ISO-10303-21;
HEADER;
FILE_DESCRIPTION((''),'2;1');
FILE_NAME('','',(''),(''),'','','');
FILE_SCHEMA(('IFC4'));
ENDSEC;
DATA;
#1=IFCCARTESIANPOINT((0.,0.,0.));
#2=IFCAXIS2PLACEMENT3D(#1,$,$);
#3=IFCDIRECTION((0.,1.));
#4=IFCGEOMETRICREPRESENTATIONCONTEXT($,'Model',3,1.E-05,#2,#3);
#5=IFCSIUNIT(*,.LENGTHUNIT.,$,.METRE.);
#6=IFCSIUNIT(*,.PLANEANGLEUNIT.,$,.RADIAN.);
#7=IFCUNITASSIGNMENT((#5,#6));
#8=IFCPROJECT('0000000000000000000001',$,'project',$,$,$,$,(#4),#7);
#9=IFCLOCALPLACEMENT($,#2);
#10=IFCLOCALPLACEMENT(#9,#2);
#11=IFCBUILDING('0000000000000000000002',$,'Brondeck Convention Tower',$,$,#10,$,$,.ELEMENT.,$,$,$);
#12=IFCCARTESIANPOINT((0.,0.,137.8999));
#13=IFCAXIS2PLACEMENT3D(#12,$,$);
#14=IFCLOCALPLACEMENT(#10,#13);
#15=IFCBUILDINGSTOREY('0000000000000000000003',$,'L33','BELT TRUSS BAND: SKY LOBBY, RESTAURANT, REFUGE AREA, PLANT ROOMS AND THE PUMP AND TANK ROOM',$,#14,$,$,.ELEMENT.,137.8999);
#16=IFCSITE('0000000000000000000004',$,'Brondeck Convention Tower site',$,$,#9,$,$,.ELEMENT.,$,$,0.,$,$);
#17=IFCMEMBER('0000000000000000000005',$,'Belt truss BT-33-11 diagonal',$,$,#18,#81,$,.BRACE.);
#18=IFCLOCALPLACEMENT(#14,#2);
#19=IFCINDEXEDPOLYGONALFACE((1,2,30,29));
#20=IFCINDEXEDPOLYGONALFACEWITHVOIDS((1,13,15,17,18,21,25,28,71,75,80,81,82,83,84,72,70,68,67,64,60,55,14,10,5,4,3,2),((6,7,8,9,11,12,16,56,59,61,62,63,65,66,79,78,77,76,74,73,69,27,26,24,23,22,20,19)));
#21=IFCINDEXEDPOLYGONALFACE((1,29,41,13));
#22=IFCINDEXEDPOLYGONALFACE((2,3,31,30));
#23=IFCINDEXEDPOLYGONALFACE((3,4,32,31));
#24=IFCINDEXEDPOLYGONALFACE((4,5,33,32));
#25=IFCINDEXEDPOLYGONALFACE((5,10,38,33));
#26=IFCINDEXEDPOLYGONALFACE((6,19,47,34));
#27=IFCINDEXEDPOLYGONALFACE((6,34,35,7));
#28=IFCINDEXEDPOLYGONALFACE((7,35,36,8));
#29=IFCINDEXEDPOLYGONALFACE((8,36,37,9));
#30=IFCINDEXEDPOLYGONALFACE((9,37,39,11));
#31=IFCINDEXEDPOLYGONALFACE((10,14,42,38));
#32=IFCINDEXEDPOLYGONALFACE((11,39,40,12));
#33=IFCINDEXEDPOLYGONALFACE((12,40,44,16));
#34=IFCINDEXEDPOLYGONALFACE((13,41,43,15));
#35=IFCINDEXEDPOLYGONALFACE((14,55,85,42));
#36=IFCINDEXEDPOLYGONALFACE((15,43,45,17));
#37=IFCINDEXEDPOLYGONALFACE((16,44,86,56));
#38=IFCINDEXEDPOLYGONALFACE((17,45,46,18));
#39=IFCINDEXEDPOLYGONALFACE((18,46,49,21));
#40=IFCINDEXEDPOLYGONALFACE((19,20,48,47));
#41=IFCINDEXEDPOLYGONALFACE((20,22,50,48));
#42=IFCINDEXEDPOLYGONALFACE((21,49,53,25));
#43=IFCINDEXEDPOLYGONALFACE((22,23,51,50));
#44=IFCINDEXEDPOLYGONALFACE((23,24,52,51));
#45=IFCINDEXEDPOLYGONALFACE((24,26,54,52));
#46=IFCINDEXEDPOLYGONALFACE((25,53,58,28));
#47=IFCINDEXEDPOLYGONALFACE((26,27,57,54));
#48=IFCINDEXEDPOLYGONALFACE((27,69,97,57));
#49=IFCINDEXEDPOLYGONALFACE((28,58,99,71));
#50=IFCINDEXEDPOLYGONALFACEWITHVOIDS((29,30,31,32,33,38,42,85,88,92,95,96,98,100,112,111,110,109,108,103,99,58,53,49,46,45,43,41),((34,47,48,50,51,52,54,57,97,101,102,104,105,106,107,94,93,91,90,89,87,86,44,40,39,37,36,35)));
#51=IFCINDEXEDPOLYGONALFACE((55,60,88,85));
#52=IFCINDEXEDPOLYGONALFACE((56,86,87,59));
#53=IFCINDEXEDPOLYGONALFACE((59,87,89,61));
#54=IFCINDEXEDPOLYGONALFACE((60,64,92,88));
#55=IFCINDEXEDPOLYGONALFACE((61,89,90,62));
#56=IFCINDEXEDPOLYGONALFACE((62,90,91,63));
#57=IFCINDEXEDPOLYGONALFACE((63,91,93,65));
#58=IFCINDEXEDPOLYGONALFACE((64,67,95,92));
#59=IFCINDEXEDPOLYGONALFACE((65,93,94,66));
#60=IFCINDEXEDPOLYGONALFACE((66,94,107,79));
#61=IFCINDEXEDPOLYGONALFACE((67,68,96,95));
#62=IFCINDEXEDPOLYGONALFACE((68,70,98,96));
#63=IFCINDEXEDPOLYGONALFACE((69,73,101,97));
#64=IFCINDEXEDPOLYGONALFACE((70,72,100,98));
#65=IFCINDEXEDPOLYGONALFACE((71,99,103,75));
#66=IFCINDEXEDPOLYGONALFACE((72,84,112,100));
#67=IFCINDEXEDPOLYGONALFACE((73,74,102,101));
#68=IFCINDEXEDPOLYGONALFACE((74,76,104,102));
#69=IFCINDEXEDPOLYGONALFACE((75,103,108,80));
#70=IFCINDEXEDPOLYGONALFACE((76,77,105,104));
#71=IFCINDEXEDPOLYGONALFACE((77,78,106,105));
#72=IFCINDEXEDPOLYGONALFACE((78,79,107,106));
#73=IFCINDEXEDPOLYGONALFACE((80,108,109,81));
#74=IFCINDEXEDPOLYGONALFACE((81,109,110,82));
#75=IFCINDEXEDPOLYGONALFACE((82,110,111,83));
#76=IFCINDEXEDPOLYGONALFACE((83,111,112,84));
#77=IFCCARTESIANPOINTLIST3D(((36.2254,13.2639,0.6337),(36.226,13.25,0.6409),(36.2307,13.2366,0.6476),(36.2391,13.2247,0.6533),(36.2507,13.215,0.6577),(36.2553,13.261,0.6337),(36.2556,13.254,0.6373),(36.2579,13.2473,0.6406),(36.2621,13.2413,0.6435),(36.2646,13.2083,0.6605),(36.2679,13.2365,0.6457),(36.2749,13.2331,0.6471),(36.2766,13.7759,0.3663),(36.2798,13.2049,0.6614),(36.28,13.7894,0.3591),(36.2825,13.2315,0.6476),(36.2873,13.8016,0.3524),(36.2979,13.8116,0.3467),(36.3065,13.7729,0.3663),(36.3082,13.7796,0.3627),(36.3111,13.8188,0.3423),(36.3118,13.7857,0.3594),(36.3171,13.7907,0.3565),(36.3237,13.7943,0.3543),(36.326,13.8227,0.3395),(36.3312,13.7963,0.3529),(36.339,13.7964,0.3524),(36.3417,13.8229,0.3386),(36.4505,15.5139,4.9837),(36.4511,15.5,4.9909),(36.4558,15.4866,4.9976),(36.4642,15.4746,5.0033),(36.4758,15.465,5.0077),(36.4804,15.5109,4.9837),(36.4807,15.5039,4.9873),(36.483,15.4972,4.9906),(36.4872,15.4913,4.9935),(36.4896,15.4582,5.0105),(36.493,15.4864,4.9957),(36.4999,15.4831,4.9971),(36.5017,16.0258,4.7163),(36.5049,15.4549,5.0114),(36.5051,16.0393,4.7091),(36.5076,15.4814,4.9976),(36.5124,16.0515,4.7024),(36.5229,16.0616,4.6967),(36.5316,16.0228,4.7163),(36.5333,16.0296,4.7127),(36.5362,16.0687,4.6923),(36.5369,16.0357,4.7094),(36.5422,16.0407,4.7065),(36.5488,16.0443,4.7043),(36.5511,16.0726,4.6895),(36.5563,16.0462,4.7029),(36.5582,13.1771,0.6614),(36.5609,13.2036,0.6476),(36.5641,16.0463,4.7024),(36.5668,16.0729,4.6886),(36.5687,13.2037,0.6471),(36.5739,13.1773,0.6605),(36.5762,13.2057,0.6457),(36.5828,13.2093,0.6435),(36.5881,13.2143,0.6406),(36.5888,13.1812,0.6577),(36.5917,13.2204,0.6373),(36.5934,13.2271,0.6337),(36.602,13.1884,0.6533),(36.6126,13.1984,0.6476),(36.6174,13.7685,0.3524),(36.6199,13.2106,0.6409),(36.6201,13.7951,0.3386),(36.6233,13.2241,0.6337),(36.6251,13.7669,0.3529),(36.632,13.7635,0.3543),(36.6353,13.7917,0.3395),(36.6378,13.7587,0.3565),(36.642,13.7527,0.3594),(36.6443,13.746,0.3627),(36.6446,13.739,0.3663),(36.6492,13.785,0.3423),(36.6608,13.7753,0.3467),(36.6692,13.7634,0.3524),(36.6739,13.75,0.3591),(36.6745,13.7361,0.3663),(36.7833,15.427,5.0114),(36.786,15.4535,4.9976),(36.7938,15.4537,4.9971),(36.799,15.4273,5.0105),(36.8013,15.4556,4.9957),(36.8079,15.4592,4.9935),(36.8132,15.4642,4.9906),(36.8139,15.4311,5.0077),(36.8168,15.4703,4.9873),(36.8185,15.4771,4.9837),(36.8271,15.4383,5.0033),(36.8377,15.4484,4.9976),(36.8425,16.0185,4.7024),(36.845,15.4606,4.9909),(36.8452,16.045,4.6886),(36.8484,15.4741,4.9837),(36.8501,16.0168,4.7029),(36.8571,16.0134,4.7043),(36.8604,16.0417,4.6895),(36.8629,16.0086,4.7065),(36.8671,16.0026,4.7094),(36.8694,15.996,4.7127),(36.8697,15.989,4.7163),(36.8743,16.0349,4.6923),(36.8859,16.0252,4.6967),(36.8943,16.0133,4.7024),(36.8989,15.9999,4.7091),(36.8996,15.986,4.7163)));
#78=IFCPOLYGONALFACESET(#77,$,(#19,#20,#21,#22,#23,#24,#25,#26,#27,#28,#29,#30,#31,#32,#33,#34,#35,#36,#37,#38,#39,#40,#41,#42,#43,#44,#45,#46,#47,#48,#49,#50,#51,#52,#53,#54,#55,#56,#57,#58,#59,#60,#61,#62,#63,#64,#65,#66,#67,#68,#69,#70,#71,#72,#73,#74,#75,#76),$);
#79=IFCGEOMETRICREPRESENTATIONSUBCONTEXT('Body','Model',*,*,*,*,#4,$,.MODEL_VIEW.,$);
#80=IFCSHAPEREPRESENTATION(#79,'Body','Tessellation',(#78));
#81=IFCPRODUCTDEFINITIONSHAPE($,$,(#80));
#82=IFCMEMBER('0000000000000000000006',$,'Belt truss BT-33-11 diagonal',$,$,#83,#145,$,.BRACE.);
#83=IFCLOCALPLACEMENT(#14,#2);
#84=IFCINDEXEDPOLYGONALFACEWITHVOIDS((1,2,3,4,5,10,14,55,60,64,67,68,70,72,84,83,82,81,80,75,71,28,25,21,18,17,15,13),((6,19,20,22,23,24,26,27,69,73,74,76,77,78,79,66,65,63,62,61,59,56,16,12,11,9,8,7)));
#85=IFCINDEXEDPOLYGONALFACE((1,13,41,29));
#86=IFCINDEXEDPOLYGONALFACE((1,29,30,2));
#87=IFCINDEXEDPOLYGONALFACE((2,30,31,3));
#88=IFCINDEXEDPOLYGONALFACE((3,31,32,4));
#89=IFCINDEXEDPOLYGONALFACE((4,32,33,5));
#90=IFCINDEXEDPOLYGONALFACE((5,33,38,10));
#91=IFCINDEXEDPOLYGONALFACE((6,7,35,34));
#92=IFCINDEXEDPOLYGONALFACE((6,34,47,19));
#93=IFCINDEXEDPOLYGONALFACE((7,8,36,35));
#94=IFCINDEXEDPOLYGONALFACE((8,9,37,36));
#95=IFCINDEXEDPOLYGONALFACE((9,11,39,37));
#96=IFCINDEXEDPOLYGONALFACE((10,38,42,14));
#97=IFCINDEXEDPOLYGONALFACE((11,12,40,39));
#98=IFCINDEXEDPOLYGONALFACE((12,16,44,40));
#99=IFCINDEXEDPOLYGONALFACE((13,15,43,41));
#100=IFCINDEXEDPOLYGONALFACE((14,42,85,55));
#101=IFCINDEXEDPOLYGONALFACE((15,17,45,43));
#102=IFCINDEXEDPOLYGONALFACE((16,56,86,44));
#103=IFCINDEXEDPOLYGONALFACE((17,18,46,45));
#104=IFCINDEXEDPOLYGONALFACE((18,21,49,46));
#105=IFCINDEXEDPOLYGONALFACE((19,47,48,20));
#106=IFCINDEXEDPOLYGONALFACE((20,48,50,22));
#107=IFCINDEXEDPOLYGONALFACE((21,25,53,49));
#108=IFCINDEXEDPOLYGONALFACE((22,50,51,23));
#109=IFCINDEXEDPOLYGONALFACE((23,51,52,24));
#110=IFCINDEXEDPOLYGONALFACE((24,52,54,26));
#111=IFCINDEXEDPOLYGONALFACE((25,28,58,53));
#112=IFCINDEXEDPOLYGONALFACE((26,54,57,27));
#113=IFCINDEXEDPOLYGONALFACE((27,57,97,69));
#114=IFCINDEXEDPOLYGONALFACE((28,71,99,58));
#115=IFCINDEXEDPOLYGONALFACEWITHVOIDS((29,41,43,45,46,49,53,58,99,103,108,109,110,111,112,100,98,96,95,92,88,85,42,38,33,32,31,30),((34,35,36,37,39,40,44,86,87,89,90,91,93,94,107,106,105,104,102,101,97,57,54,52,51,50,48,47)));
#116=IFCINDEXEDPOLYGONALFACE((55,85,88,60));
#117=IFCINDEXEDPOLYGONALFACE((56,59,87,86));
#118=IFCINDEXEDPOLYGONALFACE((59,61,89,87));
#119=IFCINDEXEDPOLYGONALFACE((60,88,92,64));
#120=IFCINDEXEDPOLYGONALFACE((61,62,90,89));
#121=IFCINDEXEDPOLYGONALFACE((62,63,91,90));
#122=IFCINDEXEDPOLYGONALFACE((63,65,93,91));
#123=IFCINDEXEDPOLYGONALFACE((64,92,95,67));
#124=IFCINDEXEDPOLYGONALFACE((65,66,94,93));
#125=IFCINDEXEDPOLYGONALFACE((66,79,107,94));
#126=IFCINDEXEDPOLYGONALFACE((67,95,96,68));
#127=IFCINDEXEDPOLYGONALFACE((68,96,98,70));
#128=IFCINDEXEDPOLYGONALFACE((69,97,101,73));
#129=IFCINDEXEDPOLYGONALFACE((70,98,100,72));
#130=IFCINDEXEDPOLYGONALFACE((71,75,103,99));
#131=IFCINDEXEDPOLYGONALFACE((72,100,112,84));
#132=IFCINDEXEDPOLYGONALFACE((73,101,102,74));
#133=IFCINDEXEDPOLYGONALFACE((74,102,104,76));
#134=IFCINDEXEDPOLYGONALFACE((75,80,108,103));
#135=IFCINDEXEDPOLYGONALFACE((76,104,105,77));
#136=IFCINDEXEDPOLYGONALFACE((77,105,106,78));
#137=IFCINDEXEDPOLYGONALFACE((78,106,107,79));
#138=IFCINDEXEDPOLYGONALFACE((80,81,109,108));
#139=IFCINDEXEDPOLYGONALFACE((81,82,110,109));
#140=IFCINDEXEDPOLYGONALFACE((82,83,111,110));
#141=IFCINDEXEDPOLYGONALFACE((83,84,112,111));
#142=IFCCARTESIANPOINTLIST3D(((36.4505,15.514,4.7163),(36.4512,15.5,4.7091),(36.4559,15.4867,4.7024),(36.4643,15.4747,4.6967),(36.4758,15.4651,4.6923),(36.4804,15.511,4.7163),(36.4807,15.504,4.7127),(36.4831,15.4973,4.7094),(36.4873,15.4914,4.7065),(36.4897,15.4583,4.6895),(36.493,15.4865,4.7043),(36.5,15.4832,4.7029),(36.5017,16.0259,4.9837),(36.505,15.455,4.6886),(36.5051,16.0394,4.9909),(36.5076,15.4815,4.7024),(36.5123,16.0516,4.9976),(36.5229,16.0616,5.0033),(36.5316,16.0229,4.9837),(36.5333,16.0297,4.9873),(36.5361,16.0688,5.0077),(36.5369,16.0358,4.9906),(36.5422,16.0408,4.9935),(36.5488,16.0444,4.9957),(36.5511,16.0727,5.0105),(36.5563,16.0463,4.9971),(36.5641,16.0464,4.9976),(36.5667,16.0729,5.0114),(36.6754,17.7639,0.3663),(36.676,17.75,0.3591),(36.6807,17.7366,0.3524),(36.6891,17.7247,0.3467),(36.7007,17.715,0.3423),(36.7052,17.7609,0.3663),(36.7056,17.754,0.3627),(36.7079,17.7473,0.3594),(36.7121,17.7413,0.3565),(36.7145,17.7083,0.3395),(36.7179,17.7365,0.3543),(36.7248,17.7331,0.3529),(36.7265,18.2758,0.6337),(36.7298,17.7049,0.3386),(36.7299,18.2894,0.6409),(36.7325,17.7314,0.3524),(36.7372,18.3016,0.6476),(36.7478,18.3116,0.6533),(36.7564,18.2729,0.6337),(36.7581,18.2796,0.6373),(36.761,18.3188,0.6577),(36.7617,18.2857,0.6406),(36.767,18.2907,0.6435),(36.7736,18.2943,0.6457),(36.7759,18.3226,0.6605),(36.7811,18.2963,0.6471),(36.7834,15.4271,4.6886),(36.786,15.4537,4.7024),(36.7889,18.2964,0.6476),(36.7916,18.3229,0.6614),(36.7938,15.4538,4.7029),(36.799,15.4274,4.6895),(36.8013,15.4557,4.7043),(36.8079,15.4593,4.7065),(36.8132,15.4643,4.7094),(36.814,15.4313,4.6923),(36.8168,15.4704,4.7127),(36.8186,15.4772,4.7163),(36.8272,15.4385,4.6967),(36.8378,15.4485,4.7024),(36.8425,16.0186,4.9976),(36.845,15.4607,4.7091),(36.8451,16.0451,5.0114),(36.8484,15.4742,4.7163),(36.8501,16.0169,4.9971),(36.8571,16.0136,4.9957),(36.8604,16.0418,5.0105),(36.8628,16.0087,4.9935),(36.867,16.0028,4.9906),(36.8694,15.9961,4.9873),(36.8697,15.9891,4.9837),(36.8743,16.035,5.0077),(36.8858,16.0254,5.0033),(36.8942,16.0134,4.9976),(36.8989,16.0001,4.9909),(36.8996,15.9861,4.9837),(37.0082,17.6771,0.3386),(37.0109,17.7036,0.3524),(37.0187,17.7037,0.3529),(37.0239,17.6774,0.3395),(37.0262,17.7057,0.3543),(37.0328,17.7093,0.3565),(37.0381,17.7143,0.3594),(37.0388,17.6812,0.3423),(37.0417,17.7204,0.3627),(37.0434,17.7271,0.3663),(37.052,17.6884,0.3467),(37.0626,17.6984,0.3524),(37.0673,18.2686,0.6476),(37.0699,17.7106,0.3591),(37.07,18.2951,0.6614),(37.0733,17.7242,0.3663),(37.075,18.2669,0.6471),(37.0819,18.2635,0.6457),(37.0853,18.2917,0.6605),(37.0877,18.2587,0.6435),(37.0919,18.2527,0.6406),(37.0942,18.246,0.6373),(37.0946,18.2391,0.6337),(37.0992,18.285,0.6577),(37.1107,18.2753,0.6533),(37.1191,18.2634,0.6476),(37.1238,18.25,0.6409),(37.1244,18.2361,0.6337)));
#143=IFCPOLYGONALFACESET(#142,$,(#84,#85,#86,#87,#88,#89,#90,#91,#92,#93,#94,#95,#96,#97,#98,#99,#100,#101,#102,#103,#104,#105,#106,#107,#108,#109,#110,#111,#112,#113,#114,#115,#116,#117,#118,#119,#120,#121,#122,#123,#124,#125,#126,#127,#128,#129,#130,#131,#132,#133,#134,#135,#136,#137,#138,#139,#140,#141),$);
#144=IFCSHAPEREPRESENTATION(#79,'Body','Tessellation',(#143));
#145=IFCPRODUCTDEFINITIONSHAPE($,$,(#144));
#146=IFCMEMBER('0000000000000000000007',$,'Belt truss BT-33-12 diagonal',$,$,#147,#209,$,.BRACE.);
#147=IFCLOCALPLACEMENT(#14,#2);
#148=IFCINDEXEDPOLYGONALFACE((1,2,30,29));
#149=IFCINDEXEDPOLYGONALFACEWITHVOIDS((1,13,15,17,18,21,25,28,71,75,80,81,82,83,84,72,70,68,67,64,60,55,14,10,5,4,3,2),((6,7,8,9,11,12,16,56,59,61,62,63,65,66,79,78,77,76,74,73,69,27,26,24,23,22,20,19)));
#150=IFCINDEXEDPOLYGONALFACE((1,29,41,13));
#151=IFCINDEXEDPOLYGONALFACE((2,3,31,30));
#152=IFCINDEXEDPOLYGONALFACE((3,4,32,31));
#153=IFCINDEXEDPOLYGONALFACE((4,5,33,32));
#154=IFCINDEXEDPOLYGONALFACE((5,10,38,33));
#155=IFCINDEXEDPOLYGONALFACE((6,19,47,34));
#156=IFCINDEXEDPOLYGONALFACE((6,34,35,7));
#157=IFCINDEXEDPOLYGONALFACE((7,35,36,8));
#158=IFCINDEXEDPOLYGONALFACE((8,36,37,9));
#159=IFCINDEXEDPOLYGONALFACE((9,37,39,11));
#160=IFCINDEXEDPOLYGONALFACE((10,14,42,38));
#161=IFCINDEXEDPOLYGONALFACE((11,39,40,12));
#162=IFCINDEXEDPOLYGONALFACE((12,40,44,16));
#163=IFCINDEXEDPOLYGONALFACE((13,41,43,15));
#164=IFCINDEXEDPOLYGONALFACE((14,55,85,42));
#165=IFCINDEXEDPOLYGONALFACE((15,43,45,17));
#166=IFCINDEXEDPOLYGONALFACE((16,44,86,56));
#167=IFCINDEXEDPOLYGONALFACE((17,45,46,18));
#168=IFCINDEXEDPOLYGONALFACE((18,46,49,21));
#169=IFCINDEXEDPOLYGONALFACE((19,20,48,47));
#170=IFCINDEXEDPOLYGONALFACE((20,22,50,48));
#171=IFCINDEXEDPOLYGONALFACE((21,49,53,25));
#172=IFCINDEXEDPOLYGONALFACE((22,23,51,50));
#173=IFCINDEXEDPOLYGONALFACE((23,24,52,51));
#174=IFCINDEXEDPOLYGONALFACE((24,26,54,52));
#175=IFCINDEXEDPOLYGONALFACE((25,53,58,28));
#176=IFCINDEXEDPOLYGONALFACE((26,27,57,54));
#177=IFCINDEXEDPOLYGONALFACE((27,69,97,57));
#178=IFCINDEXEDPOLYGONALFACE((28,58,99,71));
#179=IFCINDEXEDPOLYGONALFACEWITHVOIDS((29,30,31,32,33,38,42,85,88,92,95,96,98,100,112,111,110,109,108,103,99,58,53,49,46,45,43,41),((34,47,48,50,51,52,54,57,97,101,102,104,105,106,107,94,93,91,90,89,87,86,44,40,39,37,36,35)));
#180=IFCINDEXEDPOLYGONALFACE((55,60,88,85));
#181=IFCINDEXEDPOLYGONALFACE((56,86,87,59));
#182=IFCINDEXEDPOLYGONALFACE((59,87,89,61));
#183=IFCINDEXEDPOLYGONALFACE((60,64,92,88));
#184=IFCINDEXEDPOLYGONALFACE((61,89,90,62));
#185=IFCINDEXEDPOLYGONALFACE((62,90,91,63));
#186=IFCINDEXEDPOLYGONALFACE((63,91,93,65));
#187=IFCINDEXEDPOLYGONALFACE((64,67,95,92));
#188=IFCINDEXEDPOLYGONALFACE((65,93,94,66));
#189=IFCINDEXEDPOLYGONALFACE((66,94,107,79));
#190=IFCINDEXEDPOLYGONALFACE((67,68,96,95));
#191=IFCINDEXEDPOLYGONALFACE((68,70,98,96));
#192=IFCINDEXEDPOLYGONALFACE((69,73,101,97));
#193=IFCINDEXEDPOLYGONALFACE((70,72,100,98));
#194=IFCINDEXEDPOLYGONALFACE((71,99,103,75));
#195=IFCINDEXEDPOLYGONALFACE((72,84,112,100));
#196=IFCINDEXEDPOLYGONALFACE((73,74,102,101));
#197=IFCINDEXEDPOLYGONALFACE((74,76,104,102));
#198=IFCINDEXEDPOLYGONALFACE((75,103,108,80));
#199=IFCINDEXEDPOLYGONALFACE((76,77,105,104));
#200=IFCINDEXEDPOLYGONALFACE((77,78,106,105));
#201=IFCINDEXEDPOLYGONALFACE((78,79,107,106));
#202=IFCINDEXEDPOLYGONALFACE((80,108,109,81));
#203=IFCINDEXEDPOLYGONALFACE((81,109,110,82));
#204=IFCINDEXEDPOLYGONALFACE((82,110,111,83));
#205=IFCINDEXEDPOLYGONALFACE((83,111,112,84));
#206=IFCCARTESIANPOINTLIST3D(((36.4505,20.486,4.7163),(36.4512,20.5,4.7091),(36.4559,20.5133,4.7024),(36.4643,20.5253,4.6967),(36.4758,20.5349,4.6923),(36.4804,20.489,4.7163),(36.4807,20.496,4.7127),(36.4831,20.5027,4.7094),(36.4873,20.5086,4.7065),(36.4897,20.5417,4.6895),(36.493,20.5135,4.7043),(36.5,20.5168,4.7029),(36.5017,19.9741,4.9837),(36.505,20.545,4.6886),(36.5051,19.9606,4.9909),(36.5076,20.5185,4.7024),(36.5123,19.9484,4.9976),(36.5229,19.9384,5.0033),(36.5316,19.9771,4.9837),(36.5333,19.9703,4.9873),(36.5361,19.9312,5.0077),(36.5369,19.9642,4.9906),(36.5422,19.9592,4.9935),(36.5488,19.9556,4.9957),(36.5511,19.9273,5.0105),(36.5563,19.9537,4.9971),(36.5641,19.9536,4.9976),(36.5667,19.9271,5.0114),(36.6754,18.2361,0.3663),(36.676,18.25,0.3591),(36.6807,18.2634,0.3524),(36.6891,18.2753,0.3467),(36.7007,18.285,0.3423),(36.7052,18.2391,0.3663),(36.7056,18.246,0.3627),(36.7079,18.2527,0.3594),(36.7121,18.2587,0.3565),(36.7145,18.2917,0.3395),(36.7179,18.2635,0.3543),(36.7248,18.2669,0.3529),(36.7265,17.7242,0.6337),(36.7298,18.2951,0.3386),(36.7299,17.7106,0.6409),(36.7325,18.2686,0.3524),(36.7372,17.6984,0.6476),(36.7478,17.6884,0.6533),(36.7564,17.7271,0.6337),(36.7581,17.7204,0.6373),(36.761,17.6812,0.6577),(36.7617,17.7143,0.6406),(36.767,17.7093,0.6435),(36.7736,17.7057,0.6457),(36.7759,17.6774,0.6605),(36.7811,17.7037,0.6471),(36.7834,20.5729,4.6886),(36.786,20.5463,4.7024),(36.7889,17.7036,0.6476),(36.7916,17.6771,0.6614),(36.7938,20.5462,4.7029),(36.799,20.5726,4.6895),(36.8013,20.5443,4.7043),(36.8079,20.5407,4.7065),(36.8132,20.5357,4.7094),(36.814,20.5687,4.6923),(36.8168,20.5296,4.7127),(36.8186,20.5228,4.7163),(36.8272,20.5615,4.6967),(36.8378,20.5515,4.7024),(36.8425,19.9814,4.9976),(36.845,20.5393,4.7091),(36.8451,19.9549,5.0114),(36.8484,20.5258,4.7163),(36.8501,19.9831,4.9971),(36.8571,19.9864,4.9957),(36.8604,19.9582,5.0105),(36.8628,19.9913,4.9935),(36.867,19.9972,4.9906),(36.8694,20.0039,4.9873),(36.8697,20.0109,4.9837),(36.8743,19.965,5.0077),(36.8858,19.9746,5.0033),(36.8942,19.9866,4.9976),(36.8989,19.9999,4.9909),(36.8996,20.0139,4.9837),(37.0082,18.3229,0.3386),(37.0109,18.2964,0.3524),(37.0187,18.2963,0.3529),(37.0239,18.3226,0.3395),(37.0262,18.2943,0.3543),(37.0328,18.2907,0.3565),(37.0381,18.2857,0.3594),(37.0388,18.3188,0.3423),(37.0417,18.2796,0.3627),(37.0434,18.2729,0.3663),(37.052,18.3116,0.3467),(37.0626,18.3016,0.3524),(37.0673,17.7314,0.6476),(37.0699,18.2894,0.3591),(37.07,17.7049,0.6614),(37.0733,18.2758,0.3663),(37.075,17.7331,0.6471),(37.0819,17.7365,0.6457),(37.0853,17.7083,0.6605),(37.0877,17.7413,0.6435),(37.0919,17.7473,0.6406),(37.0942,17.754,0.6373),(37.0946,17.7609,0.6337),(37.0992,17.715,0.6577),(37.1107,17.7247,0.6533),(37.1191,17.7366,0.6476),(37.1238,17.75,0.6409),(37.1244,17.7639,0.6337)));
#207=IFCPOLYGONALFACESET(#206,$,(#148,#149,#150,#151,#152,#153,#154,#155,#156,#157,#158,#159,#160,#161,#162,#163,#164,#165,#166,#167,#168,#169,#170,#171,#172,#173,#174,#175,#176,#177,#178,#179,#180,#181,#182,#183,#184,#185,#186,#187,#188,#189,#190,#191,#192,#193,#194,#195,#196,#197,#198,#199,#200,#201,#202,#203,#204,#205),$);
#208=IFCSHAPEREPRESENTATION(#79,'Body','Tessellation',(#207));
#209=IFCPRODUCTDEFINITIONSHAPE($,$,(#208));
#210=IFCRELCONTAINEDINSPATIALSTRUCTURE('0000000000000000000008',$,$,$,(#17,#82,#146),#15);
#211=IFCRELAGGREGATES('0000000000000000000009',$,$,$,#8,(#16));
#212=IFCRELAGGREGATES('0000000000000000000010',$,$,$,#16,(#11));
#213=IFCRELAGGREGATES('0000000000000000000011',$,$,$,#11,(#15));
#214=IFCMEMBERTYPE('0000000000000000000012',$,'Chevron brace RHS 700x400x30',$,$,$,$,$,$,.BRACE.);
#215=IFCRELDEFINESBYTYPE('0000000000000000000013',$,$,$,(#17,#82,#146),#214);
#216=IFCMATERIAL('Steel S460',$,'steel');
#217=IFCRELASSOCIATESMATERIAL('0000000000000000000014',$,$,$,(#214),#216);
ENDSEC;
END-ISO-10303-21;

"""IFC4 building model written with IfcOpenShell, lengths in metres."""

from ifc_helpers import new_model, si_unit, direction, frame, origin, origin_2d, place, context, subcontext, project, spatial, hollow_rectangle, extrude, material, material_profile, profile_set, type_object, element, save


model = new_model("IFC4")

# Units and contexts
model_context = context("Model", 3, precision=1e-05, world=origin(), true_north=direction((0.0, 1.0)))
body_context = subcontext(model_context, "Body", "Model", "MODEL_VIEW")
ifc_project = project(units=[si_unit("LENGTHUNIT", "METRE"), si_unit("PLANEANGLEUNIT", "RADIAN")], contexts=[model_context])

# Site, building, storey
site_placement = place(None, origin())
site = spatial("IfcSite", under=ifc_project, at=site_placement, Name="Brondeck Convention Tower site", CompositionType="ELEMENT", RefElevation=0.0)
building_placement = place(site_placement, origin())
building = spatial("IfcBuilding", under=site, at=building_placement, Name="Brondeck Convention Tower", CompositionType="ELEMENT")
storey_placement = place(building_placement, frame((0.0, 0.0, 137.8999)))
storey = spatial("IfcBuildingStorey", under=building, at=storey_placement, Name="L33", Description="BELT TRUSS BAND: SKY LOBBY, RESTAURANT, REFUGE AREA, PLANT ROOMS AND THE PUMP AND TANK ROOM", CompositionType="ELEMENT", Elevation=137.8999)

# Members
ifc_material_1 = material(Name="Steel S460", Category="steel")
ifc_material_profile_1 = material_profile(ifc_material_1, hollow_rectangle(XDim=0.3999, YDim=0.7, WallThickness=0.03, InnerFilletRadius=0.03, OuterFilletRadius=0.0601, at=origin_2d()), Name="RHS 700x400x30")
ifc_profile_set_1 = profile_set([ifc_material_profile_1], Name="Steel S460")
member_type_1 = type_object("IfcMemberType", Name="Chevron brace RHS 700x400x30", PredefinedType="BRACE", material=ifc_profile_set_1)
for number, where, z_axis, x_axis, name in (
    (1, (36.45, 13.5, 0.5), (0.045913, 0.45893, 0.887285), (-0.995033, 0.099546, 0.0), "Belt truss BT-33-11 diagonal"),
    (2, (36.8999, 18.0, 0.5), (-0.045863, -0.458931, 0.887287), (0.995044, -0.09944, 0.0), "Belt truss BT-33-11 diagonal"),
    (3, (36.8999, 18.0, 0.5), (-0.045863, 0.458931, 0.887287), (-0.995044, -0.09944, 0.0), "Belt truss BT-33-12 diagonal"),
):
    element("IfcMember", number, at=place(storey_placement, frame(where, z_axis=z_axis, x_axis=x_axis)), inside=storey, type_object=member_type_1, Name=name, PredefinedType="BRACE", context=body_context, shape_type="SweptSolid", body=[
        extrude(hollow_rectangle(XDim=0.3999, YDim=0.7, WallThickness=0.03, InnerFilletRadius=0.03, OuterFilletRadius=0.0601, at=origin_2d()), origin(), (0.0, 0.0, 1.0), 4.9026),
    ])

save(model, "model.ifc")
